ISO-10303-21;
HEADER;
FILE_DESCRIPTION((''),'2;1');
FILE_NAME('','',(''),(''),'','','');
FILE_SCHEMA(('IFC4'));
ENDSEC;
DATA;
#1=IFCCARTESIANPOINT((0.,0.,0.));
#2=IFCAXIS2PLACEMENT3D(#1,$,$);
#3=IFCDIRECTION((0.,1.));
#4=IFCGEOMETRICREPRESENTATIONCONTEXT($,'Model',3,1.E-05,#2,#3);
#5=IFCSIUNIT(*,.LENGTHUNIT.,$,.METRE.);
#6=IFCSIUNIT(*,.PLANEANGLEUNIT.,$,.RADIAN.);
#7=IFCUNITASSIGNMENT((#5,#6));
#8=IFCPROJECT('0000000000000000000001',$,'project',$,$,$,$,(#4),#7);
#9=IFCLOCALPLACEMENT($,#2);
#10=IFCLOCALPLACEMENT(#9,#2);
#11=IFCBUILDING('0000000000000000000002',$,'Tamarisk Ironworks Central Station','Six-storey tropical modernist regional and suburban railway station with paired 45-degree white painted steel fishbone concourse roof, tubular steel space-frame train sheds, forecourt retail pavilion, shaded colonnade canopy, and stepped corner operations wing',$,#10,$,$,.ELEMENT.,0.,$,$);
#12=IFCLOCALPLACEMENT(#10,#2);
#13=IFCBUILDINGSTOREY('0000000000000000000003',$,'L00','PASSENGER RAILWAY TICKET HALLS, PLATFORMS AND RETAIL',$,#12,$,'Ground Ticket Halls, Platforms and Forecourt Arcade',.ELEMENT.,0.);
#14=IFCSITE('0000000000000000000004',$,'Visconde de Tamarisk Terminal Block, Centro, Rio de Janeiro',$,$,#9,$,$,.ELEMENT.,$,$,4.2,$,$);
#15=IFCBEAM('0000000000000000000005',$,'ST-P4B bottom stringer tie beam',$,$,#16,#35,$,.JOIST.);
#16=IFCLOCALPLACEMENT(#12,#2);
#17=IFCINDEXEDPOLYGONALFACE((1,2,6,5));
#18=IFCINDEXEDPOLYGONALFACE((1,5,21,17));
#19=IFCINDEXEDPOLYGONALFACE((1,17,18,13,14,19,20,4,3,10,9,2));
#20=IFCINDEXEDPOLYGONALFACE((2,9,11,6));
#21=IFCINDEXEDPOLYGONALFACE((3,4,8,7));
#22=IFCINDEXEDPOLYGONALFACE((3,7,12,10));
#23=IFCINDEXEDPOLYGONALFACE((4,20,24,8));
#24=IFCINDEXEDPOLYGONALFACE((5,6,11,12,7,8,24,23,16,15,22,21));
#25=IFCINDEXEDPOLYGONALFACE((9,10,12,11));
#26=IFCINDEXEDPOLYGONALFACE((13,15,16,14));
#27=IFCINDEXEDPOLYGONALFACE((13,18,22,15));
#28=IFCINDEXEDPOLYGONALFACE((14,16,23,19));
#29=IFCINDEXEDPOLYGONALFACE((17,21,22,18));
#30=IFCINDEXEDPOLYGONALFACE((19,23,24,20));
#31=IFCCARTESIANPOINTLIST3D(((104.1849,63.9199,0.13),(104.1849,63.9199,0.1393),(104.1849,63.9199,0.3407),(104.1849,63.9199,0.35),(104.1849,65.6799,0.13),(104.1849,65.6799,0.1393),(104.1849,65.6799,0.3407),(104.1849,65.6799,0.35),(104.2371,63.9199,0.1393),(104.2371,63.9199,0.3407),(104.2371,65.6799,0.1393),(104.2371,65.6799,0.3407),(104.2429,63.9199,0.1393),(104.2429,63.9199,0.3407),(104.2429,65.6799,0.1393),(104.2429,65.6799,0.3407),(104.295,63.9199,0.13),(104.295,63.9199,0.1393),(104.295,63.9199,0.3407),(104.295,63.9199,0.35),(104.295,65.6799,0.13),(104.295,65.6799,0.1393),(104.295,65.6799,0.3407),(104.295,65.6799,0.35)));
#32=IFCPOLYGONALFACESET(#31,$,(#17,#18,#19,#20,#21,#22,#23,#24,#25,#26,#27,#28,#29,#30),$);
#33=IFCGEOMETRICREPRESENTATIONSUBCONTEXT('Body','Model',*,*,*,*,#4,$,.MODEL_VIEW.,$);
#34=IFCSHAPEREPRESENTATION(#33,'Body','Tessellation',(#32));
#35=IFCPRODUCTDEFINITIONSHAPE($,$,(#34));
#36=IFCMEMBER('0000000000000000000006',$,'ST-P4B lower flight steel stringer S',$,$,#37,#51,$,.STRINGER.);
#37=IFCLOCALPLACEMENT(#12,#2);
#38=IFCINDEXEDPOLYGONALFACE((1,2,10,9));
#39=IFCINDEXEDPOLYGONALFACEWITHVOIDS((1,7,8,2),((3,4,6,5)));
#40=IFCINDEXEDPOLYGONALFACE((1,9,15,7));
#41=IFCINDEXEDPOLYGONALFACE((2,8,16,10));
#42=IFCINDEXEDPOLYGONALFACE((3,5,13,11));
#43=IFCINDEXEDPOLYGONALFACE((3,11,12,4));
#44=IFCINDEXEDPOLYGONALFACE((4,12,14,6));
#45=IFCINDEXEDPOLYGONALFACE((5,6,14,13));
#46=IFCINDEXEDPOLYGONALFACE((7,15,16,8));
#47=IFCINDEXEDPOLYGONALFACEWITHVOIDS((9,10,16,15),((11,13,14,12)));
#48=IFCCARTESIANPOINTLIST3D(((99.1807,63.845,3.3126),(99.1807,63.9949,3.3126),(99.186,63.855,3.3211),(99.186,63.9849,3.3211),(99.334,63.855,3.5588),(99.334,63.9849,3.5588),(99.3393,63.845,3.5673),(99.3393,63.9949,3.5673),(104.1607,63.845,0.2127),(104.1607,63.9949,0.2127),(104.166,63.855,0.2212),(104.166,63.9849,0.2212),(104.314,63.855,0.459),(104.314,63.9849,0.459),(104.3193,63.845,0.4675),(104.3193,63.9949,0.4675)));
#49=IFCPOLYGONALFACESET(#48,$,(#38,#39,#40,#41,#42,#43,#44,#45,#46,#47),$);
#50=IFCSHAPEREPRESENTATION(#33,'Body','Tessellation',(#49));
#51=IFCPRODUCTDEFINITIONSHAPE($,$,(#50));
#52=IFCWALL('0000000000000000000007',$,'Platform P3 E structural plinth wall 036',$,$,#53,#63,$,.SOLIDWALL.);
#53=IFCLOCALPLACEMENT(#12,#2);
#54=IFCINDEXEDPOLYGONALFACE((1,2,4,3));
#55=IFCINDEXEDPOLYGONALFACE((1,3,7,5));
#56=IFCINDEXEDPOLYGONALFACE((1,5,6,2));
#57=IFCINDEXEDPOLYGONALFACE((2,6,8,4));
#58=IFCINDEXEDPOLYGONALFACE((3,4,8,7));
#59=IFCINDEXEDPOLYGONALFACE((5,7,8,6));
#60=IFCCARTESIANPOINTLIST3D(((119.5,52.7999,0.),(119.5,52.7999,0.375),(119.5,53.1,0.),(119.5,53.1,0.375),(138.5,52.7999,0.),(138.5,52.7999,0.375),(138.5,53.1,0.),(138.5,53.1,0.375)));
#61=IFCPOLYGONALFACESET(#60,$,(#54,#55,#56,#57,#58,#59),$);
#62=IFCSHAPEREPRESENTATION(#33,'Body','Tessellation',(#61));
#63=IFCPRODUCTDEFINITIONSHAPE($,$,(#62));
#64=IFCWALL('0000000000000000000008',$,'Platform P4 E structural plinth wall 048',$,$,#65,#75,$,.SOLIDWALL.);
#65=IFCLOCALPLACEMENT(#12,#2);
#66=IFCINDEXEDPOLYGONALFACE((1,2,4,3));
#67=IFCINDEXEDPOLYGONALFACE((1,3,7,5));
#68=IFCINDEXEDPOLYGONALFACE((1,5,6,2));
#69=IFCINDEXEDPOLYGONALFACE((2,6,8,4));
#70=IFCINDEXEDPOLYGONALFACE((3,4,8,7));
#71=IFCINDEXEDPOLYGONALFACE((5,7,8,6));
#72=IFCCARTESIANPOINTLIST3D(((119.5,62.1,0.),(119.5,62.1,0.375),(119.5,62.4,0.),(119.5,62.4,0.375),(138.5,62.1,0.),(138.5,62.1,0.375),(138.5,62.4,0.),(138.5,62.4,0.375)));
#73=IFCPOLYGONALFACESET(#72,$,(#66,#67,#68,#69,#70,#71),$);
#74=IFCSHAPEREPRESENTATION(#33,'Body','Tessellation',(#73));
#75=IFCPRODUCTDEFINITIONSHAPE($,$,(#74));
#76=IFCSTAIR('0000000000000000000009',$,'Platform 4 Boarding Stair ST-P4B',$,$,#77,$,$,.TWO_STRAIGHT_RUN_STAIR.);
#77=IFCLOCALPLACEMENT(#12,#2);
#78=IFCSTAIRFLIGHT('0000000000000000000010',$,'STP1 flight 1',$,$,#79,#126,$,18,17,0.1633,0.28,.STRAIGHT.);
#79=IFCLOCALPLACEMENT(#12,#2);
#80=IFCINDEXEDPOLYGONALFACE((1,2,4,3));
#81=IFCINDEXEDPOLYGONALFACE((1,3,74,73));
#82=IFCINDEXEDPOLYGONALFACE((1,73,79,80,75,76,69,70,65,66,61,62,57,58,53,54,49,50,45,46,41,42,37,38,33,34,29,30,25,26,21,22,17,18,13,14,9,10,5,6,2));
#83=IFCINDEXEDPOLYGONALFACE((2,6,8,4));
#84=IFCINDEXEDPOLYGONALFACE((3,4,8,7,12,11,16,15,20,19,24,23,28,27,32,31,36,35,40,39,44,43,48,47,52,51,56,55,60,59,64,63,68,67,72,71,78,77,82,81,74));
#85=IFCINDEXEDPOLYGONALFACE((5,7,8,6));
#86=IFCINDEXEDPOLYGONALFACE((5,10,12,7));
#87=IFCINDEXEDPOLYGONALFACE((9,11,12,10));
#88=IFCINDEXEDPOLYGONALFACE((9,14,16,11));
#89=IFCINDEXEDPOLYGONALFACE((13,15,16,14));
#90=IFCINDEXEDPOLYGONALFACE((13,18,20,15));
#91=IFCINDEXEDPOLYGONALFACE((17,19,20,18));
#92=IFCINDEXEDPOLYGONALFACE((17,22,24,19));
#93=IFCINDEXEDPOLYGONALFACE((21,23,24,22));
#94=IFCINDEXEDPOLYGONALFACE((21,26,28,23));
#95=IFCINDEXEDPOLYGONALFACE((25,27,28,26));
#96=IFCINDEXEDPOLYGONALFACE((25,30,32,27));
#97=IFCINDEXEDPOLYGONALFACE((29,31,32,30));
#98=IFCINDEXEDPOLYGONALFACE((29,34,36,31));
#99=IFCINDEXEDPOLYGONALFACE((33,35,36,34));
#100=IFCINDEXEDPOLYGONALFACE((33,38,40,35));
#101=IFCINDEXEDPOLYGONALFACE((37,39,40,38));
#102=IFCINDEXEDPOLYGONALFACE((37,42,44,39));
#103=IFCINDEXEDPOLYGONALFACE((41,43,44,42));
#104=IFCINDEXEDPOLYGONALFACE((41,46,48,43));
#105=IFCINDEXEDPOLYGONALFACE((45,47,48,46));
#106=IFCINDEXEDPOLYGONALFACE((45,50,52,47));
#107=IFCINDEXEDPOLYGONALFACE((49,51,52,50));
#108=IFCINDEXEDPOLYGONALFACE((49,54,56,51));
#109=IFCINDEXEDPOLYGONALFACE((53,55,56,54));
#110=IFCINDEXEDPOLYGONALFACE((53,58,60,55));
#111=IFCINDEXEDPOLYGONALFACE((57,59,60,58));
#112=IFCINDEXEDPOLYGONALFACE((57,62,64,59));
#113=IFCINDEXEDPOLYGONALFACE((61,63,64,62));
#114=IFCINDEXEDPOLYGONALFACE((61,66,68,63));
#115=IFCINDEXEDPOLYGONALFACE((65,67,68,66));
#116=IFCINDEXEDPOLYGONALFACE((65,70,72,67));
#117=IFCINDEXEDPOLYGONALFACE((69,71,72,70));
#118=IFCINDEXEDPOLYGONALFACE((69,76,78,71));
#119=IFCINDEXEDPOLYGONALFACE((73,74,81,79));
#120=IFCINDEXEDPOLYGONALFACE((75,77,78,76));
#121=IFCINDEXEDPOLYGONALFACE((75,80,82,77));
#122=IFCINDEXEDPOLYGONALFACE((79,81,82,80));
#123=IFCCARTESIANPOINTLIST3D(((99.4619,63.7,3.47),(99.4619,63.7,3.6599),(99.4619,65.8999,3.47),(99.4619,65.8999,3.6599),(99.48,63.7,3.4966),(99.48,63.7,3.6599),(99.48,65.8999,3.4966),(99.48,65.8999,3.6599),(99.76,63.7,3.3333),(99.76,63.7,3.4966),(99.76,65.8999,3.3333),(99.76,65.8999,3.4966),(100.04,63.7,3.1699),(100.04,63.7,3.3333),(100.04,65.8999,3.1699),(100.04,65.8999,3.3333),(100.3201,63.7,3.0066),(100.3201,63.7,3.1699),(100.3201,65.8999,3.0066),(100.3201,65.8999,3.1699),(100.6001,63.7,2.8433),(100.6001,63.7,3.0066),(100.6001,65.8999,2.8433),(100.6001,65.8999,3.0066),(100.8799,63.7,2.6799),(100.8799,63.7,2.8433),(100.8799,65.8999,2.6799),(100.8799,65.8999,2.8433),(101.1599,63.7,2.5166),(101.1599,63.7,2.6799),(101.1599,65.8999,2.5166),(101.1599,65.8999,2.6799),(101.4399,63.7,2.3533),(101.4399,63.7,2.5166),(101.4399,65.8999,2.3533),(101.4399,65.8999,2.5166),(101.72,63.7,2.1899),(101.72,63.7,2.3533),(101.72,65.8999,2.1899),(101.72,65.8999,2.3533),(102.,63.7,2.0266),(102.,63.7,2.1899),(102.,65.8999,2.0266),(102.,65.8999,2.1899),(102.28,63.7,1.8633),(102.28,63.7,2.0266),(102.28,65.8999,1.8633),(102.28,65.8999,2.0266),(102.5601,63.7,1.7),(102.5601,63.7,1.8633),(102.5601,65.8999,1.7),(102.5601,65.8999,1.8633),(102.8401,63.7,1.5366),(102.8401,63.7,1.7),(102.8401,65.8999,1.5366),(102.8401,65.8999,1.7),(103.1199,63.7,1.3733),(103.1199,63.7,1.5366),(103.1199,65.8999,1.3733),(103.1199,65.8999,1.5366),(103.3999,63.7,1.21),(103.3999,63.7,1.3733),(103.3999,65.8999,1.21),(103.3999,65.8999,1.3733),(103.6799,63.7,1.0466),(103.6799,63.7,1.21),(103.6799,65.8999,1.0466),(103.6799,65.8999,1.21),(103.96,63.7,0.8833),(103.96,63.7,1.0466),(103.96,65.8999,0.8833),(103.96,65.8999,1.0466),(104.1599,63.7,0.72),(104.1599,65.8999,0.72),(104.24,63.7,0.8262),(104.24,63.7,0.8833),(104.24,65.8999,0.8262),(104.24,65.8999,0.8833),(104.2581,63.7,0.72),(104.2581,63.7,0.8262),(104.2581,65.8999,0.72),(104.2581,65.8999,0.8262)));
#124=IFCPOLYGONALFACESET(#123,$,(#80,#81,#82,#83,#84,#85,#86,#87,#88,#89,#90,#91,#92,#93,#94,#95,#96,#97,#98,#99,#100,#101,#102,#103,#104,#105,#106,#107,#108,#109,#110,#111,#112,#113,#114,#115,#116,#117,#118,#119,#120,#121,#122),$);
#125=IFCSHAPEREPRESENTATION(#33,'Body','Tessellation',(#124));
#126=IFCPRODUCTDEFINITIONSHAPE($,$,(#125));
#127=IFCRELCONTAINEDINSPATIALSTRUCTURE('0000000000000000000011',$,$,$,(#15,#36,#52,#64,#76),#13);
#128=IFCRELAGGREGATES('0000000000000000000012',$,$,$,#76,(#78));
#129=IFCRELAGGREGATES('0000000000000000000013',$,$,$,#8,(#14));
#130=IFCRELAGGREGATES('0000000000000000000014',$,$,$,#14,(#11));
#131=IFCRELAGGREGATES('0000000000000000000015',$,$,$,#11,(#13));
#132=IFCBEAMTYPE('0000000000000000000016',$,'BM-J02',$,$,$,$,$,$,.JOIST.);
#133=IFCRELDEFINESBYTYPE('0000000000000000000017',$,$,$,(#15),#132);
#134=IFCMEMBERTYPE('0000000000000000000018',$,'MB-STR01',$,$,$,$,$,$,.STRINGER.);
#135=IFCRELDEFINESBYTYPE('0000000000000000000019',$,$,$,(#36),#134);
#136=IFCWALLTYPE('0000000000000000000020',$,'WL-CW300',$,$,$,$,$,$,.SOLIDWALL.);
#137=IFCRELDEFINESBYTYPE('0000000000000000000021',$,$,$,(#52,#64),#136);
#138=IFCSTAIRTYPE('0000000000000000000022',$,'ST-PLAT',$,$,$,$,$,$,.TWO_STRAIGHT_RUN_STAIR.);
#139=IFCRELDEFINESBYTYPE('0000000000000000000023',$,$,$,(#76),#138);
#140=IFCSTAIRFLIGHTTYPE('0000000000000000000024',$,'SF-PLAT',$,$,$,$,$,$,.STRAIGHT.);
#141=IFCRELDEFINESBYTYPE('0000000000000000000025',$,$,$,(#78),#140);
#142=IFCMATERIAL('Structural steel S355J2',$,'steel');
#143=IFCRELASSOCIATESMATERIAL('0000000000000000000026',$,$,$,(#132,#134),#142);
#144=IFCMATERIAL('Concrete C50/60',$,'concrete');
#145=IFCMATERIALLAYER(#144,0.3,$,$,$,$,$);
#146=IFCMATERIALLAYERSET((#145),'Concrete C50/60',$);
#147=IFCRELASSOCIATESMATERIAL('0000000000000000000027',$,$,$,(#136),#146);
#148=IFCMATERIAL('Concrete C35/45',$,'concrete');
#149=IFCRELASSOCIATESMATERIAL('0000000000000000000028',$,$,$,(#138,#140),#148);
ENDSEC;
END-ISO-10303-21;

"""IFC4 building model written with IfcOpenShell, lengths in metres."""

from ifc_helpers import new_model, si_unit, direction, frame, frame_2d, origin, origin_2d, place, context, subcontext, project, spatial, polyline, rectangle, hollow_rectangle, i_section, outline, extrude, material, layer, layer_set, material_profile, profile_set, type_object, element, aggregate, save


model = new_model("IFC4")

# Units and contexts
model_context = context("Model", 3, precision=1e-05, world=origin(), true_north=direction((0.0, 1.0)))
body_context = subcontext(model_context, "Body", "Model", "MODEL_VIEW")
ifc_project = project(units=[si_unit("LENGTHUNIT", "METRE"), si_unit("PLANEANGLEUNIT", "RADIAN")], contexts=[model_context])

# Site, building, storey
site_placement = place(None, origin())
site = spatial("IfcSite", under=ifc_project, at=site_placement, Name="Visconde de Tamarisk Terminal Block, Centro, Rio de Janeiro", CompositionType="ELEMENT", RefElevation=4.2)
building_placement = place(site_placement, origin())
building = spatial("IfcBuilding", under=site, at=building_placement, Name="Tamarisk Ironworks Central Station", Description="Six-storey tropical modernist regional and suburban railway station with paired 45-degree white painted steel fishbone concourse roof, tubular steel space-frame train sheds, forecourt retail pavilion, shaded colonnade canopy, and stepped corner operations wing", CompositionType="ELEMENT", ElevationOfRefHeight=0.0)
storey_placement = place(building_placement, origin())
storey = spatial("IfcBuildingStorey", under=building, at=storey_placement, Name="L00", Description="PASSENGER RAILWAY TICKET HALLS, PLATFORMS AND RETAIL", LongName="Ground Ticket Halls, Platforms and Forecourt Arcade", CompositionType="ELEMENT", Elevation=0.0)

# Shared definitions
ifc_material_1 = material(Name="Structural steel S355J2", Category="steel")

# Beam
ifc_material_profile_1 = material_profile(ifc_material_1, i_section(OverallWidth=0.1101, OverallDepth=0.22, WebThickness=0.0059, FlangeThickness=0.0093, at=origin_2d()), Name="IPE 220")
ifc_profile_set_1 = profile_set([ifc_material_profile_1], Name="Structural steel S355J2")
beam_type = type_object("IfcBeamType", Name="BM-J02", PredefinedType="JOIST", material=ifc_profile_set_1)
beam_placement = place(storey_placement, frame((104.24, 63.9199, 0.24), z_axis=(0.0, 1.0, 0.0), x_axis=(-1.0, 0.0, 0.0)))
element("IfcBeam", 1, at=beam_placement, inside=storey, type_object=beam_type, Name="ST-P4B bottom stringer tie beam", PredefinedType="JOIST", context=body_context, shape_type="SweptSolid", body=[
    extrude(i_section(OverallWidth=0.1101, OverallDepth=0.22, WebThickness=0.0059, FlangeThickness=0.0093, at=origin_2d()), origin(), (0.0, 0.0, 1.0), 1.76),
])

# Member
ifc_material_profile_2 = material_profile(ifc_material_1, hollow_rectangle(XDim=0.1499, YDim=0.3, WallThickness=0.01, at=origin_2d()), Name="RHS 300x150x10")
ifc_profile_set_2 = profile_set([ifc_material_profile_2], Name="Structural steel S355J2")
member_type = type_object("IfcMemberType", Name="MB-STR01", PredefinedType="STRINGER", material=ifc_profile_set_2)
member_placement = place(storey_placement, frame((104.24, 63.9199, 0.3401), z_axis=(-0.848965, 0.0, 0.528449), x_axis=(0.0, -1.0, 0.0)))
element("IfcMember", 2, at=member_placement, inside=storey, type_object=member_type, Name="ST-P4B lower flight steel stringer S", PredefinedType="STRINGER", context=body_context, shape_type="SweptSolid", body=[
    extrude(hollow_rectangle(XDim=0.1499, YDim=0.3, WallThickness=0.01, at=origin_2d()), origin(), (0.0, 0.0, 1.0), 5.866),
])

# Walls
ifc_material_2 = material(Name="Concrete C50/60", Category="concrete")
ifc_layer = layer(ifc_material_2, 0.3)
ifc_layer_set = layer_set([ifc_layer], Name="Concrete C50/60")
wall_type = type_object("IfcWallType", Name="WL-CW300", PredefinedType="SOLIDWALL", material=ifc_layer_set)
for number, where, z_axis, x_axis, name in (
    (3, (119.5, 52.95, 0.0), (0.0, 0.0, 1.0), (1.0, 0.0, 0.0), "Platform P3 E structural plinth wall 036"),
    (4, (119.5, 62.25, 0.0), (0.0, 0.0, 1.0), (1.0, 0.0, 0.0), "Platform P4 E structural plinth wall 048"),
):
    element("IfcWall", number, at=place(storey_placement, frame(where, z_axis=z_axis, x_axis=x_axis)), inside=storey, type_object=wall_type, Name=name, PredefinedType="SOLIDWALL", context=body_context, shape_type="SweptSolid", body=[
        extrude(rectangle(XDim=19.0, YDim=0.3, at=frame_2d((9.5, 0.0))), origin(), (0.0, 0.0, 1.0), 0.375),
    ])

# Stair, stair flight
ifc_material_3 = material(Name="Concrete C35/45", Category="concrete")
stair_type = type_object("IfcStairType", Name="ST-PLAT", PredefinedType="TWO_STRAIGHT_RUN_STAIR", material=ifc_material_3)
stair_placement = place(storey_placement, origin())
stair = element("IfcStair", 5, at=stair_placement, inside=storey, type_object=stair_type, Name="Platform 4 Boarding Stair ST-P4B", PredefinedType="TWO_STRAIGHT_RUN_STAIR")
stair_flight_type = type_object("IfcStairFlightType", Name="SF-PLAT", PredefinedType="STRAIGHT", material=ifc_material_3)
stair_flight_placement = place(storey_placement, frame((104.24, 64.8, 0.72), z_axis=(0.0, 0.0, 1.0), x_axis=(-1.0, 0.0, 0.0)))
stair_flight = element("IfcStairFlight", 6, at=stair_flight_placement, type_object=stair_flight_type, Name="STP1 flight 1", NumberOfRisers=18, NumberOfTreads=17, PredefinedType="STRAIGHT", RiserHeight=0.1633, TreadLength=0.28, context=body_context, shape_type="SweptSolid", body=[
    extrude(outline(polyline([(-0.0181, 0.0), (-0.0181, 0.1062), (0.0, 0.1062), (0.0, 0.1633), (0.28, 0.1633), (0.28, 0.3267), (0.5601, 0.3267), (0.5601, 0.49), (0.8401, 0.49), (0.8401, 0.6533), (1.1201, 0.6533), (1.1201, 0.8167), (1.3999, 0.8167), (1.3999, 0.98), (1.6799, 0.98), (1.6799, 1.1433), (1.96, 1.1433), (1.96, 1.3066), (2.24, 1.3066), (2.24, 1.47), (2.52, 1.47), (2.52, 1.6333), (2.8, 1.6333), (2.8, 1.7966), (3.0801, 1.7966), (3.0801, 1.96), (3.3601, 1.96), (3.3601, 2.1233), (3.6399, 2.1233), (3.6399, 2.2866), (3.9199, 2.2866), (3.9199, 2.45), (4.2, 2.45), (4.2, 2.6133), (4.48, 2.6133), (4.48, 2.7766), (4.76, 2.7766), (4.76, 2.9399), (4.7781, 2.9399), (4.7781, 2.75), (0.0801, 0.0), (-0.0181, 0.0)])), frame((0.0, 1.1001, 0.0), z_axis=(0.0, -1.0, 0.0), x_axis=(1.0, 0.0, 0.0)), (0.0, 0.0, 1.0), 2.2),
])
aggregate(stair, [stair_flight])

save(model, "model.ifc")
